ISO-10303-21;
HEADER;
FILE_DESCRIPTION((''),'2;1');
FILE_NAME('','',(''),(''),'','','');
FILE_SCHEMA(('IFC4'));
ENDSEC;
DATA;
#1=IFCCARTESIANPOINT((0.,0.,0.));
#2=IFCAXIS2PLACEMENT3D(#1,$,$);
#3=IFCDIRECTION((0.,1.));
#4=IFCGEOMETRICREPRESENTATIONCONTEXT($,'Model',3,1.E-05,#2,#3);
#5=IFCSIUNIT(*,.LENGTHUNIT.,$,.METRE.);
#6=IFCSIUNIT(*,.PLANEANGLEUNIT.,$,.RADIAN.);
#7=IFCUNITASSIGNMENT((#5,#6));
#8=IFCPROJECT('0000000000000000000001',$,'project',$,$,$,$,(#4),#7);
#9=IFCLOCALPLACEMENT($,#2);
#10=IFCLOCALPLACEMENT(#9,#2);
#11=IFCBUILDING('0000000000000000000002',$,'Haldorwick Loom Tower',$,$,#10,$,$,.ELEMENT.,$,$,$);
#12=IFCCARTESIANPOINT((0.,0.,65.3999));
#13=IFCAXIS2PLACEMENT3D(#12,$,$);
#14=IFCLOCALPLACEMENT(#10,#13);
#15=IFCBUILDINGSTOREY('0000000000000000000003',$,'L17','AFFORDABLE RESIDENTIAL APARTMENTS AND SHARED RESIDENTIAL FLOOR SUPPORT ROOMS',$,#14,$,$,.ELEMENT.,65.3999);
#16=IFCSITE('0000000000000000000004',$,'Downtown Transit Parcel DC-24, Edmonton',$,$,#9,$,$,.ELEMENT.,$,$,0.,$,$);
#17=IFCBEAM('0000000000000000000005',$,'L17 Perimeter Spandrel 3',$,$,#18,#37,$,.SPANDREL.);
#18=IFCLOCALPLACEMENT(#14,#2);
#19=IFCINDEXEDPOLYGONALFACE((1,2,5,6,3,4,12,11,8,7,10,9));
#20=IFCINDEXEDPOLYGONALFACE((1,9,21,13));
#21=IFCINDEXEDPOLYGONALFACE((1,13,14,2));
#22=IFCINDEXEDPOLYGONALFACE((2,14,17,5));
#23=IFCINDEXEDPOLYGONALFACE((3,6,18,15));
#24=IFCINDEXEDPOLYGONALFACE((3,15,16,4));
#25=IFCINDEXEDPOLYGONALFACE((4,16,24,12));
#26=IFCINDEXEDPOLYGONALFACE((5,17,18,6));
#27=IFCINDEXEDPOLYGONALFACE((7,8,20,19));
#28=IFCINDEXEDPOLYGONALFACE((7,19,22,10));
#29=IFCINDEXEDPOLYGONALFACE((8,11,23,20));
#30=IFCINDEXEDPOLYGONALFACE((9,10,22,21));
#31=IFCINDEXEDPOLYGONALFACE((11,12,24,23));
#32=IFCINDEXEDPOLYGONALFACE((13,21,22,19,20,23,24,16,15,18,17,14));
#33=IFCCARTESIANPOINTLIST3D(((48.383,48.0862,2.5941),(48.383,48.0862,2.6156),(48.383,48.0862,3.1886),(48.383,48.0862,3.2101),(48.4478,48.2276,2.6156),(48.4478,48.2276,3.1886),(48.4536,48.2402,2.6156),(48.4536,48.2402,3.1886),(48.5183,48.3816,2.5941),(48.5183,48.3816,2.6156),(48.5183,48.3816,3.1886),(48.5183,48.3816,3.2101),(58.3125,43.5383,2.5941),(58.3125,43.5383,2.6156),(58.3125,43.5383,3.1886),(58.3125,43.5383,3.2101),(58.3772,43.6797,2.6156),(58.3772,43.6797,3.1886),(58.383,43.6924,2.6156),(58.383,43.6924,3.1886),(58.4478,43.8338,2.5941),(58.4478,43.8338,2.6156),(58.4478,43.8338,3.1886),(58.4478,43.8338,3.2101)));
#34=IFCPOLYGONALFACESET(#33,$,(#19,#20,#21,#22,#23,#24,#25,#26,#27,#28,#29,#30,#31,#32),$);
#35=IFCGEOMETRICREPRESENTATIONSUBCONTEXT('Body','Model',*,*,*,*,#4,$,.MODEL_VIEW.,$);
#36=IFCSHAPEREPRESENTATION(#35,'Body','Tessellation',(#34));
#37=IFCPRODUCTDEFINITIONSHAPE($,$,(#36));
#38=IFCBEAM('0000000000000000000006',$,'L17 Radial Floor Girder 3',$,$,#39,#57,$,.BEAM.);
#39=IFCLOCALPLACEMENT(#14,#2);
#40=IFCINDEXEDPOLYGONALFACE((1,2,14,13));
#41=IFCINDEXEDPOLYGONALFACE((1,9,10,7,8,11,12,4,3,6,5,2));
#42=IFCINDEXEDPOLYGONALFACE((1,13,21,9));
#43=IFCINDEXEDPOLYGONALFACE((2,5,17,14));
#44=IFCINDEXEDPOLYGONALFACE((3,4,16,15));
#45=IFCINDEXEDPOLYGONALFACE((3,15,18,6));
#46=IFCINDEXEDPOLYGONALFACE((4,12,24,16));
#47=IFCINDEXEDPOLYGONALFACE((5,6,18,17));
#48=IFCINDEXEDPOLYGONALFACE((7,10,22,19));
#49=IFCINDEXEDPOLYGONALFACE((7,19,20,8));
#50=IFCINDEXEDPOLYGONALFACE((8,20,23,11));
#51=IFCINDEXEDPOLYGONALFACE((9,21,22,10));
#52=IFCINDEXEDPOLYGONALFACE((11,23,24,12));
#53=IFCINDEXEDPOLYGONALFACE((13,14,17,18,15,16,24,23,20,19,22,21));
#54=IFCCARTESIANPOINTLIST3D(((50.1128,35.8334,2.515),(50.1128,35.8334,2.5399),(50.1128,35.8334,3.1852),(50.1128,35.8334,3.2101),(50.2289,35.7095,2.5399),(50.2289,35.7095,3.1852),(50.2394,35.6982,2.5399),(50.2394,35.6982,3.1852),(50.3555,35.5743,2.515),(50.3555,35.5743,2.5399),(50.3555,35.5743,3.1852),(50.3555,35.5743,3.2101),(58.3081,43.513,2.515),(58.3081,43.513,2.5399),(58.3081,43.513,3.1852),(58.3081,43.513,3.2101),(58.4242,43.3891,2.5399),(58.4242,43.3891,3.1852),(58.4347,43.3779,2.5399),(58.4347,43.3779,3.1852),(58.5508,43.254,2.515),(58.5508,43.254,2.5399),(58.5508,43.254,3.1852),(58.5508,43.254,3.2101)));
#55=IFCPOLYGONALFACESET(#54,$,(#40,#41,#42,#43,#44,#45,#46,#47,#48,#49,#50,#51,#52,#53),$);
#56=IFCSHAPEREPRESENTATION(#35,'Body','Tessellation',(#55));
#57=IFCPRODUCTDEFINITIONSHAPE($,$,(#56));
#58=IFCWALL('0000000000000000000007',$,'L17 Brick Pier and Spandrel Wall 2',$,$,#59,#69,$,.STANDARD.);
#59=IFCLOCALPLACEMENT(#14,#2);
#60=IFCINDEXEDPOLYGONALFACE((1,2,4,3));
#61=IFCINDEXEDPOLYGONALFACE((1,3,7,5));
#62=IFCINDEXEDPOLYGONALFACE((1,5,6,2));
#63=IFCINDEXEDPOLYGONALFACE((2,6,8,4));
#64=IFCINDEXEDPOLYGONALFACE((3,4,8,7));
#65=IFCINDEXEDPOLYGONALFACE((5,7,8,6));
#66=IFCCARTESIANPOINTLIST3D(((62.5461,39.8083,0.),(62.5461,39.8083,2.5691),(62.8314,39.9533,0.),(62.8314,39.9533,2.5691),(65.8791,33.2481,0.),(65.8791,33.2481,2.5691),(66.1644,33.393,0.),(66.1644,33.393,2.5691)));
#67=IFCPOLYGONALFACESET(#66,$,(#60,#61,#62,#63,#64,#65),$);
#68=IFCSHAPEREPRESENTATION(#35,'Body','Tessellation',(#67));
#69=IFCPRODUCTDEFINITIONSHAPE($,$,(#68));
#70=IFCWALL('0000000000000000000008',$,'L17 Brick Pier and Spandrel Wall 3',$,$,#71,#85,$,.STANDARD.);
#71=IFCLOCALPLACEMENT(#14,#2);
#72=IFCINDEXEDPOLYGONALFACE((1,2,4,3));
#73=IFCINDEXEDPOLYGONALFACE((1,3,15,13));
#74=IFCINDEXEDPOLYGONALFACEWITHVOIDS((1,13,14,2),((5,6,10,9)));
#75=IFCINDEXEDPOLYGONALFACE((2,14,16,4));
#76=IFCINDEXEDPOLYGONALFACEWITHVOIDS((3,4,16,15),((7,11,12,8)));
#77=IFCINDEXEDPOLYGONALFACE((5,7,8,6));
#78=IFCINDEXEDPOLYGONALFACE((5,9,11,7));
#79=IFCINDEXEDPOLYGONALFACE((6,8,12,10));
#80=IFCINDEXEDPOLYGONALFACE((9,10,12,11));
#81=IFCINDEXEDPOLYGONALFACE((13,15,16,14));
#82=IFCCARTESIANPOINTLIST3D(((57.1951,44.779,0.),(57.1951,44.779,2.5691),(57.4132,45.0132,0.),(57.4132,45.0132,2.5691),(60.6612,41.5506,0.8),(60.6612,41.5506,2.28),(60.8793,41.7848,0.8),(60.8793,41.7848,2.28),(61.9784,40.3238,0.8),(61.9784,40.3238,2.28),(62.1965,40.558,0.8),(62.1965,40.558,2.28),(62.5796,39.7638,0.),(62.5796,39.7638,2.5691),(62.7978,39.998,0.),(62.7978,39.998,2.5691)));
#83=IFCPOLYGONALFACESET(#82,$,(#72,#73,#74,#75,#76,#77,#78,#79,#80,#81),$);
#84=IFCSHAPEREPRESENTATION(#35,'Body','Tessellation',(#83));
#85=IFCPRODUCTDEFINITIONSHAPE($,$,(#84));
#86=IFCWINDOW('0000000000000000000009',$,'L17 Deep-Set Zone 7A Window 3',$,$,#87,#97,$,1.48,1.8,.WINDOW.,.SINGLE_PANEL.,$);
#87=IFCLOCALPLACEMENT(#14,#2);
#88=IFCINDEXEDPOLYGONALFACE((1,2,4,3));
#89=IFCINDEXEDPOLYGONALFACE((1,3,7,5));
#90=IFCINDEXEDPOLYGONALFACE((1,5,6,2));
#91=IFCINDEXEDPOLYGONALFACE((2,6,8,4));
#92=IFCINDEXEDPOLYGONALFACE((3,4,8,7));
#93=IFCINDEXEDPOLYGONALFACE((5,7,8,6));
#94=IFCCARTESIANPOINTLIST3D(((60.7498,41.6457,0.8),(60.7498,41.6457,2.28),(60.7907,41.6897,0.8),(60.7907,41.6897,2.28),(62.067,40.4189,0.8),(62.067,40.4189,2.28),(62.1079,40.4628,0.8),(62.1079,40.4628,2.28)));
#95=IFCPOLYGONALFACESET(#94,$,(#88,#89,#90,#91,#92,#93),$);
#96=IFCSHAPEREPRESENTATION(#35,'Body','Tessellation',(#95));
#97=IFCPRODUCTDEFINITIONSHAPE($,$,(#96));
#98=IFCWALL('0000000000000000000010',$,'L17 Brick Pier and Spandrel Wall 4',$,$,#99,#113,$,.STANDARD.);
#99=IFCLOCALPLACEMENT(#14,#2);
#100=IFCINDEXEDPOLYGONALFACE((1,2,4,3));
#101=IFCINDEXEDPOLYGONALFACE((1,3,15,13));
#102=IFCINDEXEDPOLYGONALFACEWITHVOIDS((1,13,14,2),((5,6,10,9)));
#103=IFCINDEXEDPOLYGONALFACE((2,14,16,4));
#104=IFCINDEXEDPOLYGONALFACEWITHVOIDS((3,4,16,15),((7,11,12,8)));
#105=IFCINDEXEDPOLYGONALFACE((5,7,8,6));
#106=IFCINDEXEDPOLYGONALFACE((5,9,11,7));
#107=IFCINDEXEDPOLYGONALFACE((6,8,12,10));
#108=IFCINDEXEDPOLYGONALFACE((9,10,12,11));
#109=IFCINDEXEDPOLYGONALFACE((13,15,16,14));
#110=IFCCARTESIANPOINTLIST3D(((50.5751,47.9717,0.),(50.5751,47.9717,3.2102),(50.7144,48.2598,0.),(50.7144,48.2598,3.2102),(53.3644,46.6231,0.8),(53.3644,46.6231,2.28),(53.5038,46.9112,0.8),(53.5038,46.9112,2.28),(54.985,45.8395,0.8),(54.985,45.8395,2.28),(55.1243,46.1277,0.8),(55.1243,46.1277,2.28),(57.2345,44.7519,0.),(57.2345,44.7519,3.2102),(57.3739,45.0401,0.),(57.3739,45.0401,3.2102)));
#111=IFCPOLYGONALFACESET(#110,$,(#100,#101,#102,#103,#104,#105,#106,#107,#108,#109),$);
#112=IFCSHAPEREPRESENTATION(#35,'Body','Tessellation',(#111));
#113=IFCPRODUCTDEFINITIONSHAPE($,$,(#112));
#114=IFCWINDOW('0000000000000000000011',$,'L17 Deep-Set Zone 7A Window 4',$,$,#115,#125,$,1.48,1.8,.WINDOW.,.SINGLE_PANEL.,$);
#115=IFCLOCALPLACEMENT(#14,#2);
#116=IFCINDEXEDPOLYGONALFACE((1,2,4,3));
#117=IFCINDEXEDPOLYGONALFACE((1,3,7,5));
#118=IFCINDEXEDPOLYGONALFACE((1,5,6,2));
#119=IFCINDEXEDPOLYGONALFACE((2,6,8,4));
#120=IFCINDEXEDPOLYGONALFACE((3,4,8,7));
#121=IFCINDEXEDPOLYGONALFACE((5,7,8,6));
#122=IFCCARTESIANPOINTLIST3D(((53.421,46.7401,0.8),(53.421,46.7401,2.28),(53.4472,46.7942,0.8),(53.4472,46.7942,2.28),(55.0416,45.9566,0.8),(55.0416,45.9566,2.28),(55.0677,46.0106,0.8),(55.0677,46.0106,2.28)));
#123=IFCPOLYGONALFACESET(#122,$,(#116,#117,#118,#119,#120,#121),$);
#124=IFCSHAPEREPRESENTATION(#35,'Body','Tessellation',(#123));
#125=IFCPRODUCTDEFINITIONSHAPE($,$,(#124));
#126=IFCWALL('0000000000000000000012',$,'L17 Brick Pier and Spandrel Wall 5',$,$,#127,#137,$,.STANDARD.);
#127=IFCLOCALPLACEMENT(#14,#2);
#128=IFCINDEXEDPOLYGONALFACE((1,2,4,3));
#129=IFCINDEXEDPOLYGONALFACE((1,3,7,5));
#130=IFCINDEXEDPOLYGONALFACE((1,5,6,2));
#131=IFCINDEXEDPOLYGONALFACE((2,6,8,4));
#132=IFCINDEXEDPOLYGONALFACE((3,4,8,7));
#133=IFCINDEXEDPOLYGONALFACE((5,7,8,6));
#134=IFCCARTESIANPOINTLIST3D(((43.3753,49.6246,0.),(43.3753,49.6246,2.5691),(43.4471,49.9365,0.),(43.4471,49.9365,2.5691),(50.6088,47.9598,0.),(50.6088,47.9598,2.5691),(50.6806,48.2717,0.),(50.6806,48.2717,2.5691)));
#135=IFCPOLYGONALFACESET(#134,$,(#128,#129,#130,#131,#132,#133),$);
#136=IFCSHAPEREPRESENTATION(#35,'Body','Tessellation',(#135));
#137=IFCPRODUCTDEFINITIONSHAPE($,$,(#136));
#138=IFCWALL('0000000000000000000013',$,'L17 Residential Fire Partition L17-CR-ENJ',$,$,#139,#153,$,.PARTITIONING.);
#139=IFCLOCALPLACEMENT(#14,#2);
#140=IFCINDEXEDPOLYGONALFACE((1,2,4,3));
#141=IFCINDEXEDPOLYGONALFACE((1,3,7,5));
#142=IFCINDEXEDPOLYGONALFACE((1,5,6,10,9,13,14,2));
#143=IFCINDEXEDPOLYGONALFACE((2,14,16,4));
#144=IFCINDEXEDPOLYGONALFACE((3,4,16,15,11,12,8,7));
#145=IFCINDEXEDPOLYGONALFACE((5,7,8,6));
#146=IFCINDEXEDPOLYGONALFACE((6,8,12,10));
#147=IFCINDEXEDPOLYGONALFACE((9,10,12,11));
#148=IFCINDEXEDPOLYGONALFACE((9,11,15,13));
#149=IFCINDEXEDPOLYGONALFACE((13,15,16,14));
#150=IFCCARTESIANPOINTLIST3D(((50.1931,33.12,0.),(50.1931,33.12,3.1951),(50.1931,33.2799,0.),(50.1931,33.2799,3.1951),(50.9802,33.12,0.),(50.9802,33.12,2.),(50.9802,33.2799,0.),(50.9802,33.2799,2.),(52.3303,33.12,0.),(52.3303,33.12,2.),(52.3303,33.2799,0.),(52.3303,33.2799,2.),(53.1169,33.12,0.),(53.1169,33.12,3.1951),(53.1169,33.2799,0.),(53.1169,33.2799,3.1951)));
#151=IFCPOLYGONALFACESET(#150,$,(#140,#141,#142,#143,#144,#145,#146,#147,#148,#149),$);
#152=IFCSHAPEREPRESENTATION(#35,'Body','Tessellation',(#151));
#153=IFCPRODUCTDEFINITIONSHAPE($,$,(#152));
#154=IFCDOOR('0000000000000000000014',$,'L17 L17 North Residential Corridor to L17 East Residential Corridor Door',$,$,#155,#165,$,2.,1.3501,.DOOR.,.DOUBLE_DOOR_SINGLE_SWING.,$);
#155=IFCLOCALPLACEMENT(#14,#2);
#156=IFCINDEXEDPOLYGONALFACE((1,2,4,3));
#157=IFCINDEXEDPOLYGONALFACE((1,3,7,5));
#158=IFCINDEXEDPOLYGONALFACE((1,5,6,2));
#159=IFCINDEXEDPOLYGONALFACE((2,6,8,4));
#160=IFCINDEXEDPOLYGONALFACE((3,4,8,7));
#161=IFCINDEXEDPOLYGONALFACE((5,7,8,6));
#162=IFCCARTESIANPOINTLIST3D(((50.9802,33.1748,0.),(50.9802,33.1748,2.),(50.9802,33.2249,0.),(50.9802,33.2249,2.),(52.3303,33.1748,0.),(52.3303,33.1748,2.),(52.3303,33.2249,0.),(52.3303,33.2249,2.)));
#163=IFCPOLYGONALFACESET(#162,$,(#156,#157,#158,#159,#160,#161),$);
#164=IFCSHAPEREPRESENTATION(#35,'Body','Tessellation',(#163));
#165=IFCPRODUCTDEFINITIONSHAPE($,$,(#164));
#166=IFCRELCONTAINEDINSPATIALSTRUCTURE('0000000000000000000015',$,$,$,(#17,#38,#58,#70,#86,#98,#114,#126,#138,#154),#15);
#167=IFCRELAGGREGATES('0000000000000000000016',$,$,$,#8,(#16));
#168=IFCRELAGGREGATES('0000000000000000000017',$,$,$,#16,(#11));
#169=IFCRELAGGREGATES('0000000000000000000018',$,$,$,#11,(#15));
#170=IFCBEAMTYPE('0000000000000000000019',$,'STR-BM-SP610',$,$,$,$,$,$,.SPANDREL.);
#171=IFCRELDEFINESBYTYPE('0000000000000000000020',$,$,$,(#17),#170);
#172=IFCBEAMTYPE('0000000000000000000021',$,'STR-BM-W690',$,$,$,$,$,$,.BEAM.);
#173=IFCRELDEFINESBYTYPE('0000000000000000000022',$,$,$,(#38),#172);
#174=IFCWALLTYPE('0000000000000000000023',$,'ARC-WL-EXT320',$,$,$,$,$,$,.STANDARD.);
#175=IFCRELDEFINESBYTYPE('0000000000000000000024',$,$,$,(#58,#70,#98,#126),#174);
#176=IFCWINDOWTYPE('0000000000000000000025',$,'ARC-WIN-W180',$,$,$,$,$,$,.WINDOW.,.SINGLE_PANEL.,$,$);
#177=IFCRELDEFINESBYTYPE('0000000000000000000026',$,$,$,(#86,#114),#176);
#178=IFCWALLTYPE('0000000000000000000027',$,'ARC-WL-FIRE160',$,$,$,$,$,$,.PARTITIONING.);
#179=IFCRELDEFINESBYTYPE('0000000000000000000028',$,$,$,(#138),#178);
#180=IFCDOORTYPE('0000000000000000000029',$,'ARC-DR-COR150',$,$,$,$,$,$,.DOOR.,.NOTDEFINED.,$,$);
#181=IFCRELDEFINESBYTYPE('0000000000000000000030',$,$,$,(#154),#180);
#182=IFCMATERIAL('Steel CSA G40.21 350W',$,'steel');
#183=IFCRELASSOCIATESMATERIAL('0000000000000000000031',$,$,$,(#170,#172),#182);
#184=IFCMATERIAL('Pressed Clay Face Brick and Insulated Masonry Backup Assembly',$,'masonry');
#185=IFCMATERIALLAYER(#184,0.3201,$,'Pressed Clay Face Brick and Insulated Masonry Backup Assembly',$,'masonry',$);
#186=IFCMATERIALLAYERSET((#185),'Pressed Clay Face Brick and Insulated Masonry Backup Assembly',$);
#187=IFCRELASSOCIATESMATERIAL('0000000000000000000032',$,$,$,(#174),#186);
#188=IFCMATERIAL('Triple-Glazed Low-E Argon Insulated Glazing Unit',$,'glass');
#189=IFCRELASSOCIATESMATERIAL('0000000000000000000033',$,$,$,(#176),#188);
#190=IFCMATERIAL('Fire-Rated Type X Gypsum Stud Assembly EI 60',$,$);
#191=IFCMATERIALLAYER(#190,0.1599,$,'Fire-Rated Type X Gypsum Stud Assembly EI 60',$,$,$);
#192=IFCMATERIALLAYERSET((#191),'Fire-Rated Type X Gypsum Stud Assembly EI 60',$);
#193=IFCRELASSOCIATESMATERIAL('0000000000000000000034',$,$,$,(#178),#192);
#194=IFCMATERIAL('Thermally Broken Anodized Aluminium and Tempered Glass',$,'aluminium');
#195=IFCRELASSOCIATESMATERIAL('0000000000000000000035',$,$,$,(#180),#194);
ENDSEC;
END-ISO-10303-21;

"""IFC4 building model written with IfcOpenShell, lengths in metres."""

from ifc_helpers import new_model, si_unit, direction, frame, frame_2d, origin, origin_2d, place, context, subcontext, project, spatial, rectangle, i_section, extrude, material, layer, layer_set, material_profile, profile_set, type_object, element, fill, save


model = new_model("IFC4")

# Units and contexts
model_context = context("Model", 3, precision=1e-05, world=origin(), true_north=direction((0.0, 1.0)))
body_context = subcontext(model_context, "Body", "Model", "MODEL_VIEW")
ifc_project = project(units=[si_unit("LENGTHUNIT", "METRE"), si_unit("PLANEANGLEUNIT", "RADIAN")], contexts=[model_context])

# Site, building, storey
site_placement = place(None, origin())
site = spatial("IfcSite", under=ifc_project, at=site_placement, Name="Downtown Transit Parcel DC-24, Edmonton", CompositionType="ELEMENT", RefElevation=0.0)
building_placement = place(site_placement, origin())
building = spatial("IfcBuilding", under=site, at=building_placement, Name="Haldorwick Loom Tower", CompositionType="ELEMENT")
storey_placement = place(building_placement, frame((0.0, 0.0, 65.3999)))
storey = spatial("IfcBuildingStorey", under=building, at=storey_placement, Name="L17", Description="AFFORDABLE RESIDENTIAL APARTMENTS AND SHARED RESIDENTIAL FLOOR SUPPORT ROOMS", CompositionType="ELEMENT", Elevation=65.3999)

# Beams
ifc_material_1 = material(Name="Steel CSA G40.21 350W", Category="steel")
ifc_material_profile_1 = material_profile(ifc_material_1, i_section(OverallWidth=0.325, OverallDepth=0.616, WebThickness=0.0139, FlangeThickness=0.0215, at=origin_2d()), Name="W610X174", Category="steel")
ifc_profile_set_1 = profile_set([ifc_material_profile_1], Name="Steel CSA G40.21 350W")
beam_type_1 = type_object("IfcBeamType", Name="STR-BM-SP610", PredefinedType="SPANDREL", material=ifc_profile_set_1)
beam_1_placement = place(storey_placement, frame((58.3801, 43.686, 2.9021), z_axis=(-0.909174, 0.416417, 0.0), x_axis=(-0.416417, -0.909174, 0.0)))
element("IfcBeam", 1, at=beam_1_placement, inside=storey, type_object=beam_type_1, Name="L17 Perimeter Spandrel 3", PredefinedType="SPANDREL", context=body_context, shape_type="SweptSolid", body=[
    extrude(i_section(OverallWidth=0.325, OverallDepth=0.616, WebThickness=0.0139, FlangeThickness=0.0215, at=origin_2d()), origin(), (0.0, 0.0, 1.0), 10.9214),
])
ifc_material_profile_2 = material_profile(ifc_material_1, i_section(OverallWidth=0.355, OverallDepth=0.6951, WebThickness=0.0154, FlangeThickness=0.0249, at=origin_2d()), Name="W690X217", Category="steel")
ifc_profile_set_2 = profile_set([ifc_material_profile_2], Name="Steel CSA G40.21 350W")
beam_type_2 = type_object("IfcBeamType", Name="STR-BM-W690", PredefinedType="BEAM", material=ifc_profile_set_2)
beam_2_placement = place(storey_placement, frame((50.2341, 35.7039, 2.8625), z_axis=(0.729689, 0.683779, 0.0), x_axis=(-0.683779, 0.729689, 0.0)))
element("IfcBeam", 2, at=beam_2_placement, inside=storey, type_object=beam_type_2, Name="L17 Radial Floor Girder 3", PredefinedType="BEAM", context=body_context, shape_type="SweptSolid", body=[
    extrude(i_section(OverallWidth=0.355, OverallDepth=0.6951, WebThickness=0.0154, FlangeThickness=0.0249, at=origin_2d()), origin(), (0.0, 0.0, 1.0), 11.2312),
])

# Wall
ifc_material_2 = material(Name="Pressed Clay Face Brick and Insulated Masonry Backup Assembly", Category="masonry")
ifc_layer_1 = layer(ifc_material_2, 0.3201, Name="Pressed Clay Face Brick and Insulated Masonry Backup Assembly", Category="masonry")
ifc_layer_set_1 = layer_set([ifc_layer_1], Name="Pressed Clay Face Brick and Insulated Masonry Backup Assembly")
wall_type_1 = type_object("IfcWallType", Name="ARC-WL-EXT320", PredefinedType="STANDARD", material=ifc_layer_set_1)
wall_1_placement = place(storey_placement, frame((66.0217, 33.3206, 0.0), z_axis=(0.0, 0.0, 1.0), x_axis=(-0.452951, 0.891535, 0.0)))
element("IfcWall", 3, at=wall_1_placement, inside=storey, type_object=wall_type_1, Name="L17 Brick Pier and Spandrel Wall 2", PredefinedType="STANDARD", context=body_context, shape_type="SweptSolid", body=[
    extrude(rectangle(XDim=7.3584, YDim=0.3201, at=frame_2d((3.6792, 0.0))), origin(), (0.0, 0.0, 1.0), 2.5691),
])

# Walls, openings, windows
wall_2_placement = place(storey_placement, frame((62.6887, 39.8809, 0.0), z_axis=(0.0, 0.0, 1.0), x_axis=(-0.731761, 0.681561, 0.0)))
wall_2 = element("IfcWall", 4, at=wall_2_placement, inside=storey, type_object=wall_type_1, Name="L17 Brick Pier and Spandrel Wall 3", PredefinedType="STANDARD", context=body_context, shape_type="SweptSolid", body=[
    extrude(rectangle(XDim=7.3584, YDim=0.3201, at=frame_2d((3.6792, 0.0))), origin(), (0.0, 0.0, 1.0), 2.5691),
])
opening_1_placement = place(wall_2_placement, frame((0.8218, 0.0, 0.8)))
opening_1 = element("IfcOpeningElement", 5, at=opening_1_placement, cuts=wall_2, PredefinedType="OPENING", context=body_context, shape_type="SweptSolid", body=[
    extrude(rectangle(XDim=1.8, YDim=1.48, at=frame_2d((0.8999, 0.74))), frame((0.0, 0.1699, 0.0), z_axis=(0.0, -1.0, 0.0), x_axis=(1.0, 0.0, 0.0)), (0.0, 0.0, 1.0), 0.3401),
])
ifc_material_3 = material(Name="Triple-Glazed Low-E Argon Insulated Glazing Unit", Category="glass")
window_type = type_object("IfcWindowType", Name="ARC-WIN-W180", PartitioningType="SINGLE_PANEL", PredefinedType="WINDOW", material=ifc_material_3)
window_1_placement = place(opening_1_placement, origin())
window_1 = element("IfcWindow", 6, at=window_1_placement, inside=storey, type_object=window_type, Name="L17 Deep-Set Zone 7A Window 3", OverallHeight=1.48, OverallWidth=1.8, PartitioningType="SINGLE_PANEL", PredefinedType="WINDOW", context=body_context, shape_type="SweptSolid", body=[
    extrude(rectangle(XDim=1.8, YDim=1.48, at=frame_2d((0.8999, 0.74))), frame((0.0, 0.03, 0.0), z_axis=(0.0, -1.0, 0.0), x_axis=(1.0, 0.0, 0.0)), (0.0, 0.0, 1.0), 0.0601),
])
fill(opening_1, window_1)
wall_3_placement = place(storey_placement, frame((57.3042, 44.896, 0.0), z_axis=(0.0, 0.0, 1.0), x_axis=(-0.900296, 0.435279, 0.0)))
wall_3 = element("IfcWall", 7, at=wall_3_placement, inside=storey, type_object=wall_type_1, Name="L17 Brick Pier and Spandrel Wall 4", PredefinedType="STANDARD", context=body_context, shape_type="SweptSolid", body=[
    extrude(rectangle(XDim=7.397, YDim=0.3201, at=frame_2d((3.6985, 0.0))), origin(), (0.0, 0.0, 1.0), 3.2102),
])
opening_2_placement = place(wall_3_placement, frame((2.4988, 0.0, 0.8)))
opening_2 = element("IfcOpeningElement", 8, at=opening_2_placement, cuts=wall_3, PredefinedType="OPENING", context=body_context, shape_type="SweptSolid", body=[
    extrude(rectangle(XDim=1.8, YDim=1.48, at=frame_2d((0.8999, 0.74))), frame((0.0, 0.1699, 0.0), z_axis=(0.0, -1.0, 0.0), x_axis=(1.0, 0.0, 0.0)), (0.0, 0.0, 1.0), 0.3401),
])
window_2_placement = place(opening_2_placement, origin())
window_2 = element("IfcWindow", 9, at=window_2_placement, inside=storey, type_object=window_type, Name="L17 Deep-Set Zone 7A Window 4", OverallHeight=1.48, OverallWidth=1.8, PartitioningType="SINGLE_PANEL", PredefinedType="WINDOW", context=body_context, shape_type="SweptSolid", body=[
    extrude(rectangle(XDim=1.8, YDim=1.48, at=frame_2d((0.8999, 0.74))), frame((0.0, 0.03, 0.0), z_axis=(0.0, -1.0, 0.0), x_axis=(1.0, 0.0, 0.0)), (0.0, 0.0, 1.0), 0.0601),
])
fill(opening_2, window_2)

# Wall
wall_4_placement = place(storey_placement, frame((50.6448, 48.1157, 0.0), z_axis=(0.0, 0.0, 1.0), x_axis=(-0.974522, 0.22429, 0.0)))
element("IfcWall", 10, at=wall_4_placement, inside=storey, type_object=wall_type_1, Name="L17 Brick Pier and Spandrel Wall 5", PredefinedType="STANDARD", context=body_context, shape_type="SweptSolid", body=[
    extrude(rectangle(XDim=7.4226, YDim=0.3201, at=frame_2d((3.7114, 0.0))), origin(), (0.0, 0.0, 1.0), 2.5691),
])

# Wall, opening, door
ifc_material_4 = material(Name="Fire-Rated Type X Gypsum Stud Assembly EI 60")
ifc_layer_2 = layer(ifc_material_4, 0.1599, Name="Fire-Rated Type X Gypsum Stud Assembly EI 60")
ifc_layer_set_2 = layer_set([ifc_layer_2], Name="Fire-Rated Type X Gypsum Stud Assembly EI 60")
wall_type_2 = type_object("IfcWallType", Name="ARC-WL-FIRE160", PredefinedType="PARTITIONING", material=ifc_layer_set_2)
wall_5_placement = place(storey_placement, frame((50.1931, 33.2, 0.0), z_axis=(0.0, 0.0, 1.0), x_axis=(1.0, 0.0, 0.0)))
wall_5 = element("IfcWall", 11, at=wall_5_placement, inside=storey, type_object=wall_type_2, Name="L17 Residential Fire Partition L17-CR-ENJ", PredefinedType="PARTITIONING", context=body_context, shape_type="SweptSolid", body=[
    extrude(rectangle(XDim=2.9238, YDim=0.1599, at=frame_2d((1.4619, 0.0))), origin(), (0.0, 0.0, 1.0), 3.1951),
])
opening_3_placement = place(wall_5_placement, frame((0.7871, 0.0, 0.0)))
opening_3 = element("IfcOpeningElement", 12, at=opening_3_placement, cuts=wall_5, PredefinedType="OPENING", context=body_context, shape_type="SweptSolid", body=[
    extrude(rectangle(XDim=1.3501, YDim=2.0, at=frame_2d((0.675, 1.0))), frame((0.0, 0.0898, 0.0), z_axis=(0.0, -1.0, 0.0), x_axis=(1.0, 0.0, 0.0)), (0.0, 0.0, 1.0), 0.1799),
])
ifc_material_5 = material(Name="Thermally Broken Anodized Aluminium and Tempered Glass", Category="aluminium")
door_type_1 = type_object("IfcDoorType", Name="ARC-DR-COR150", OperationType="NOTDEFINED", PredefinedType="DOOR", material=ifc_material_5)
door_1_placement = place(opening_3_placement, origin())
door_1 = element("IfcDoor", 13, at=door_1_placement, inside=storey, type_object=door_type_1, Name="L17 L17 North Residential Corridor to L17 East Residential Corridor Door", OperationType="DOUBLE_DOOR_SINGLE_SWING", OverallHeight=2.0, OverallWidth=1.3501, PredefinedType="DOOR", context=body_context, shape_type="SweptSolid", body=[
    extrude(rectangle(XDim=1.3501, YDim=2.0, at=frame_2d((0.675, 1.0))), frame((0.0, 0.0249, 0.0), z_axis=(0.0, -1.0, 0.0), x_axis=(1.0, 0.0, 0.0)), (0.0, 0.0, 1.0), 0.05),
])
fill(opening_3, door_1)

save(model, "model.ifc")
